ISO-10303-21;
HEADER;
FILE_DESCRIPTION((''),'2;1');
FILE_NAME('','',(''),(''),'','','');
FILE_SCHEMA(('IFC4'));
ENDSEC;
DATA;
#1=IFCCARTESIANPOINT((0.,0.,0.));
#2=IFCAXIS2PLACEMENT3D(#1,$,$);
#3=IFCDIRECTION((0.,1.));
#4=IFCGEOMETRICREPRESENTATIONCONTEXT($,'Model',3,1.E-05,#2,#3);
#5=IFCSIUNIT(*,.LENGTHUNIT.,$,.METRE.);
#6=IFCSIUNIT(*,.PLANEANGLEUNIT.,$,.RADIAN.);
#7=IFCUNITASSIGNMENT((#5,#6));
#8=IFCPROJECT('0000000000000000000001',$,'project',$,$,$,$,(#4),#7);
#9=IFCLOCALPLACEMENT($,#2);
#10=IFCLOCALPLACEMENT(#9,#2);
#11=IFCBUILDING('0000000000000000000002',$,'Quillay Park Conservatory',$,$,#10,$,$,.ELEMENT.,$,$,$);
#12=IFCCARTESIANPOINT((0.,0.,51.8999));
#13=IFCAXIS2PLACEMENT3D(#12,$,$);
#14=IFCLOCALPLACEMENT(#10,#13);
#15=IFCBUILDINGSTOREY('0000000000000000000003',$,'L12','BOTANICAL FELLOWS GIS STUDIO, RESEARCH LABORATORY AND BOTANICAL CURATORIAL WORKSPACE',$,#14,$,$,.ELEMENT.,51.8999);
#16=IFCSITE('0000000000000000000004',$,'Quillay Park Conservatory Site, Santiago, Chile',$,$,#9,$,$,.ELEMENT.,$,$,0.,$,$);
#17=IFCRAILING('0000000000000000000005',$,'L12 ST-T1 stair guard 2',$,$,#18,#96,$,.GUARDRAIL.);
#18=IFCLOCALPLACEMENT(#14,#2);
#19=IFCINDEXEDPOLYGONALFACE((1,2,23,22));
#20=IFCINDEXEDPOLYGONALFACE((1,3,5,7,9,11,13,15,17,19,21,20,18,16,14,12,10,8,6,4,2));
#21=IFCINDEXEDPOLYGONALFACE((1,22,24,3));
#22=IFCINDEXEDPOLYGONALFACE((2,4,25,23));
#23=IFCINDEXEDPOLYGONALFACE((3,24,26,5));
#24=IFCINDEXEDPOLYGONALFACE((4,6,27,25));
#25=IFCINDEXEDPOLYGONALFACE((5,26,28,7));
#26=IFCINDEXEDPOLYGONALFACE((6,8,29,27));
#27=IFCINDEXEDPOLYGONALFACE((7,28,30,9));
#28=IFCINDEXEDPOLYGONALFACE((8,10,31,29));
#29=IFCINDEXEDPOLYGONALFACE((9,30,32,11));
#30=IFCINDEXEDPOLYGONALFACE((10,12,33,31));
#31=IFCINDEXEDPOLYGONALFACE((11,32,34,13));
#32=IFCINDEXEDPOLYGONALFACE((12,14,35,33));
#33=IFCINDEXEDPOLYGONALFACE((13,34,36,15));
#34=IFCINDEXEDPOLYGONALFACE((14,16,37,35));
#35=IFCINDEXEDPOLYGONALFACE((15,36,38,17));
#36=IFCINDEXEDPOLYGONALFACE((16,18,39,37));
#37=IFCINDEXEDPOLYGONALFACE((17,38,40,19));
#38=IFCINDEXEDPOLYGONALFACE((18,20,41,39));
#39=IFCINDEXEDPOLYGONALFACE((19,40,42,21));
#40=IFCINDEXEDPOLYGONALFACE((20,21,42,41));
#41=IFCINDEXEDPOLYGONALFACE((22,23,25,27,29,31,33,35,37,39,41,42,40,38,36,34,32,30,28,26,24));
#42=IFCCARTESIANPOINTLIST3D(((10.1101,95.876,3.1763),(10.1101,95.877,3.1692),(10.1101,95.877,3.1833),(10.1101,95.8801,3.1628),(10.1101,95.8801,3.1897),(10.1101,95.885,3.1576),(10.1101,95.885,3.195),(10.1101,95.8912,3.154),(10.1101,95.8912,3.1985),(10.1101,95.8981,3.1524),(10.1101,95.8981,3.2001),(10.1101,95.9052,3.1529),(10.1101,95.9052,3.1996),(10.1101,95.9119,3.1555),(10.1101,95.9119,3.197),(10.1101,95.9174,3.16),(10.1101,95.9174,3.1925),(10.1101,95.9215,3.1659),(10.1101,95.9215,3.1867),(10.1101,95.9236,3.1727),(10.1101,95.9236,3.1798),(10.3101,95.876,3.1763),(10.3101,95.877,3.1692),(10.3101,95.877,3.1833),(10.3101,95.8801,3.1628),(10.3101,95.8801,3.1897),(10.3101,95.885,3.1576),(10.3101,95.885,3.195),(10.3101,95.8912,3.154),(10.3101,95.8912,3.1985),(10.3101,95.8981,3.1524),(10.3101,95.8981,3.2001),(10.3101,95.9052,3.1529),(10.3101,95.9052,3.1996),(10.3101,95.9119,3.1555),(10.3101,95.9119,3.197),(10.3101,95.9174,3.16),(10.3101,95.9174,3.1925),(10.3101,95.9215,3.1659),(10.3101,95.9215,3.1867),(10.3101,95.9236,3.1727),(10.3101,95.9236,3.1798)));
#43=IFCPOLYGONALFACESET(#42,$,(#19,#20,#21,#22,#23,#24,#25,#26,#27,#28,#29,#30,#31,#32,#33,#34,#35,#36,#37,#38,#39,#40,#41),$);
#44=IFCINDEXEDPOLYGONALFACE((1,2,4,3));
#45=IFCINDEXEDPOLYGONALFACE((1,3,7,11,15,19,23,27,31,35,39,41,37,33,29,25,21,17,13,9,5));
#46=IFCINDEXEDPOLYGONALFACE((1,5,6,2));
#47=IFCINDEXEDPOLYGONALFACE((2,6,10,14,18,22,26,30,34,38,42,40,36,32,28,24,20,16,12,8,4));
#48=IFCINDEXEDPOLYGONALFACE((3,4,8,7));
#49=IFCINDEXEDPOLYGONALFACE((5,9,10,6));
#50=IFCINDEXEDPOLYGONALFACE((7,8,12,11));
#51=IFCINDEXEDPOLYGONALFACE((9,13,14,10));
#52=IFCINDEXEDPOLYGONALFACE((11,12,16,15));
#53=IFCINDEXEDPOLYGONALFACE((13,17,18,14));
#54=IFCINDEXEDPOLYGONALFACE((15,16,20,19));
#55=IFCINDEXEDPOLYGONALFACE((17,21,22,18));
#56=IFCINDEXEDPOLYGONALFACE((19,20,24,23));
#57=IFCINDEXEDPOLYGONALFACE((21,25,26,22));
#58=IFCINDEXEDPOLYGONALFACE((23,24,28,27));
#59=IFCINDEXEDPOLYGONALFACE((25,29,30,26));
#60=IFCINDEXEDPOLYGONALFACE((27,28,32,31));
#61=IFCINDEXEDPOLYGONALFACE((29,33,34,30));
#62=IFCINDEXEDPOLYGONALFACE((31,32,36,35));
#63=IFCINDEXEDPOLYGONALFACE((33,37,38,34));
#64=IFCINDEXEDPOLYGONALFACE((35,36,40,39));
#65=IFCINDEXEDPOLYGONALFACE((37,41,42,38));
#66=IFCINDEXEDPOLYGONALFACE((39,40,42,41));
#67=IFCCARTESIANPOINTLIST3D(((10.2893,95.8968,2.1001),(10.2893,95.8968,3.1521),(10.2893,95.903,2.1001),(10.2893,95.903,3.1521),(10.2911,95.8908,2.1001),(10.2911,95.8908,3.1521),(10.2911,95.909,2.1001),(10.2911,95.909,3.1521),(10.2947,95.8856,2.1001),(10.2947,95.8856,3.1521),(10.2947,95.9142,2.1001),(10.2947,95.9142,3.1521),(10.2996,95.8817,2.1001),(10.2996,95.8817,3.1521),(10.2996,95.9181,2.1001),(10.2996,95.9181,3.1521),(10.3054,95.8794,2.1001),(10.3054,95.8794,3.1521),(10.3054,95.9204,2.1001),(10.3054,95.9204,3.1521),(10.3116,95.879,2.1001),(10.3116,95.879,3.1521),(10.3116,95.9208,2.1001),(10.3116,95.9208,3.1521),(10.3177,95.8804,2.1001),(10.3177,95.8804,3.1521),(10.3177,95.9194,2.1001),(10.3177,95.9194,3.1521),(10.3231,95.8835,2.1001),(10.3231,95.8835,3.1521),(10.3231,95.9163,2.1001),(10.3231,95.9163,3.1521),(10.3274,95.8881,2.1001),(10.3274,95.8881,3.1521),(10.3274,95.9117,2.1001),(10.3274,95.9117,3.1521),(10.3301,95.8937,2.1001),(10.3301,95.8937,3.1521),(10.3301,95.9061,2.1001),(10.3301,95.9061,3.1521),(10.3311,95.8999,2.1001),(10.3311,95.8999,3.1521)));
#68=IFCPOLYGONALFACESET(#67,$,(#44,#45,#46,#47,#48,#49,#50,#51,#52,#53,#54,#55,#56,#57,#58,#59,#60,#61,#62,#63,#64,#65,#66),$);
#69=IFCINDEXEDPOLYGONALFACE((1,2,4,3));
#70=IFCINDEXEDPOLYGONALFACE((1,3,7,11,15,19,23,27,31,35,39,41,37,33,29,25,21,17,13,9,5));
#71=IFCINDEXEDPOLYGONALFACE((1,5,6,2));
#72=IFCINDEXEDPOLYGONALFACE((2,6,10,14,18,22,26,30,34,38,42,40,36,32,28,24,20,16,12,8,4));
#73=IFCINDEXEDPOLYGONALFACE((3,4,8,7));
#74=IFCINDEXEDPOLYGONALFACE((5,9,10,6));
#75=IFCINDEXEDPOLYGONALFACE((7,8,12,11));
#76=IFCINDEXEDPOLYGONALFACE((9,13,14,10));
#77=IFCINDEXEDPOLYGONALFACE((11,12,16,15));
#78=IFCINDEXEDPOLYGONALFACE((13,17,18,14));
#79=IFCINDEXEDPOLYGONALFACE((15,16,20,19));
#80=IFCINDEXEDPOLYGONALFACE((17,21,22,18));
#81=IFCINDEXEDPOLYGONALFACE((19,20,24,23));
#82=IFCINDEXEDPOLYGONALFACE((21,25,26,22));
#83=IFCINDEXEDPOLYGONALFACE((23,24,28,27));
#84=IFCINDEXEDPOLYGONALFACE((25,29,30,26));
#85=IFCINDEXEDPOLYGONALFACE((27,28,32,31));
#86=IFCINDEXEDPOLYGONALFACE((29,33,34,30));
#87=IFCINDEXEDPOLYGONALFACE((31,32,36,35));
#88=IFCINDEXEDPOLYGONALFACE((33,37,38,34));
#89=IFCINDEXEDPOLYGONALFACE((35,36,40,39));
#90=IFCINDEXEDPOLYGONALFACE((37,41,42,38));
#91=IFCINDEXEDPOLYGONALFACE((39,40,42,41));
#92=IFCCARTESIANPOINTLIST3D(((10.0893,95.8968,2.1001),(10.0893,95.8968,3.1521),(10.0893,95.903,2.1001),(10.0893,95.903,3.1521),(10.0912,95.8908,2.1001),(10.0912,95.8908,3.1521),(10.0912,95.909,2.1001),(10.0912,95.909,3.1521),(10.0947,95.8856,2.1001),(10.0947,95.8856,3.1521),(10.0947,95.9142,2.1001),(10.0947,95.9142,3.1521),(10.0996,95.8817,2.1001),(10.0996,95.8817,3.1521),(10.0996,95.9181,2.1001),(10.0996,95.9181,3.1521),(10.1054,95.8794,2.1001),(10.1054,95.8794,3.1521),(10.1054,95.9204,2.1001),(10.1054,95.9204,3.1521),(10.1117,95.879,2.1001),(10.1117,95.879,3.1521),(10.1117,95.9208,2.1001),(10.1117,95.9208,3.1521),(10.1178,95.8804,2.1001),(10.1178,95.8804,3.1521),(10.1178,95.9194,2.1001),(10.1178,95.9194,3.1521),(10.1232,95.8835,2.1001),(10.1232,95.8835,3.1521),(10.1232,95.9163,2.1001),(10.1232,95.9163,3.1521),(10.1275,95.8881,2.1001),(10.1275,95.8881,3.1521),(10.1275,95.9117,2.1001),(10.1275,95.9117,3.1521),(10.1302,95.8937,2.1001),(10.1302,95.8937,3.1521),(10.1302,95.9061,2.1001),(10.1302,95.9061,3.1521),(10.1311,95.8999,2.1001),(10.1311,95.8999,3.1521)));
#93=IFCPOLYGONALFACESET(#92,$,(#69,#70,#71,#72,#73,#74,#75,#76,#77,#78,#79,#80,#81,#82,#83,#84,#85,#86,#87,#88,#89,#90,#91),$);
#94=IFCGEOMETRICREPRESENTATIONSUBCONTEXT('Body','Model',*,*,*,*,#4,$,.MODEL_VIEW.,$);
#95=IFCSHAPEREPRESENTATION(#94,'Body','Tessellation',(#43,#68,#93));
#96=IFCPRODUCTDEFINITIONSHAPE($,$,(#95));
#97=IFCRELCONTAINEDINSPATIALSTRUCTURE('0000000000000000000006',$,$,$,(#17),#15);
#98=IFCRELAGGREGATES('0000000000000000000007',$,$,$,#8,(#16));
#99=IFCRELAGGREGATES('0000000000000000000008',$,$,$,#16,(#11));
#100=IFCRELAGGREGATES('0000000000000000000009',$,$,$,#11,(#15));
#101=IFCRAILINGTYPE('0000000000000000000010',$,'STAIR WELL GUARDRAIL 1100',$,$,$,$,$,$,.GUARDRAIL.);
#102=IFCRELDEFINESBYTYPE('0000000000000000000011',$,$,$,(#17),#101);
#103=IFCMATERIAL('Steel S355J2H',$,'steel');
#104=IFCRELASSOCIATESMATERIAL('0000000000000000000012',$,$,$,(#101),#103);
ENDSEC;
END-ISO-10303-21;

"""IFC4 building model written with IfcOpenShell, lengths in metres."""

from ifc_helpers import new_model, si_unit, direction, frame, origin, origin_2d, place, context, subcontext, project, spatial, circle, extrude, material, type_object, element, save


model = new_model("IFC4")

# Units and contexts
model_context = context("Model", 3, precision=1e-05, world=origin(), true_north=direction((0.0, 1.0)))
body_context = subcontext(model_context, "Body", "Model", "MODEL_VIEW")
ifc_project = project(units=[si_unit("LENGTHUNIT", "METRE"), si_unit("PLANEANGLEUNIT", "RADIAN")], contexts=[model_context])

# Site, building, storey
site_placement = place(None, origin())
site = spatial("IfcSite", under=ifc_project, at=site_placement, Name="Quillay Park Conservatory Site, Santiago, Chile", CompositionType="ELEMENT", RefElevation=0.0)
building_placement = place(site_placement, origin())
building = spatial("IfcBuilding", under=site, at=building_placement, Name="Quillay Park Conservatory", CompositionType="ELEMENT")
storey_placement = place(building_placement, frame((0.0, 0.0, 51.8999)))
storey = spatial("IfcBuildingStorey", under=building, at=storey_placement, Name="L12", Description="BOTANICAL FELLOWS GIS STUDIO, RESEARCH LABORATORY AND BOTANICAL CURATORIAL WORKSPACE", CompositionType="ELEMENT", Elevation=51.8999)

# Railing
ifc_material_1 = material(Name="Steel S355J2H", Category="steel")
railing_type_1 = type_object("IfcRailingType", Name="STAIR WELL GUARDRAIL 1100", PredefinedType="GUARDRAIL", material=ifc_material_1)
railing_1_placement = place(storey_placement, frame((10.3101, 95.8999, 2.1001)))
element("IfcRailing", 1, at=railing_1_placement, inside=storey, type_object=railing_type_1, Name="L12 ST-T1 stair guard 2", PredefinedType="GUARDRAIL", context=body_context, shape_type="SweptSolid", body=[
    extrude(circle(Radius=0.0239, at=origin_2d()), frame((0.0, 0.0, 1.0762), z_axis=(-1.0, 0.0, 0.0), x_axis=(0.0, -1.0, 0.0)), (0.0, 0.0, 1.0), 0.2),
    extrude(circle(Radius=0.021, at=origin_2d()), origin(), (0.0, 0.0, 1.0), 1.052),
    extrude(circle(Radius=0.021, at=origin_2d()), frame((-0.2, 0.0, 0.0)), (0.0, 0.0, 1.0), 1.052),
])

save(model, "model.ifc")
